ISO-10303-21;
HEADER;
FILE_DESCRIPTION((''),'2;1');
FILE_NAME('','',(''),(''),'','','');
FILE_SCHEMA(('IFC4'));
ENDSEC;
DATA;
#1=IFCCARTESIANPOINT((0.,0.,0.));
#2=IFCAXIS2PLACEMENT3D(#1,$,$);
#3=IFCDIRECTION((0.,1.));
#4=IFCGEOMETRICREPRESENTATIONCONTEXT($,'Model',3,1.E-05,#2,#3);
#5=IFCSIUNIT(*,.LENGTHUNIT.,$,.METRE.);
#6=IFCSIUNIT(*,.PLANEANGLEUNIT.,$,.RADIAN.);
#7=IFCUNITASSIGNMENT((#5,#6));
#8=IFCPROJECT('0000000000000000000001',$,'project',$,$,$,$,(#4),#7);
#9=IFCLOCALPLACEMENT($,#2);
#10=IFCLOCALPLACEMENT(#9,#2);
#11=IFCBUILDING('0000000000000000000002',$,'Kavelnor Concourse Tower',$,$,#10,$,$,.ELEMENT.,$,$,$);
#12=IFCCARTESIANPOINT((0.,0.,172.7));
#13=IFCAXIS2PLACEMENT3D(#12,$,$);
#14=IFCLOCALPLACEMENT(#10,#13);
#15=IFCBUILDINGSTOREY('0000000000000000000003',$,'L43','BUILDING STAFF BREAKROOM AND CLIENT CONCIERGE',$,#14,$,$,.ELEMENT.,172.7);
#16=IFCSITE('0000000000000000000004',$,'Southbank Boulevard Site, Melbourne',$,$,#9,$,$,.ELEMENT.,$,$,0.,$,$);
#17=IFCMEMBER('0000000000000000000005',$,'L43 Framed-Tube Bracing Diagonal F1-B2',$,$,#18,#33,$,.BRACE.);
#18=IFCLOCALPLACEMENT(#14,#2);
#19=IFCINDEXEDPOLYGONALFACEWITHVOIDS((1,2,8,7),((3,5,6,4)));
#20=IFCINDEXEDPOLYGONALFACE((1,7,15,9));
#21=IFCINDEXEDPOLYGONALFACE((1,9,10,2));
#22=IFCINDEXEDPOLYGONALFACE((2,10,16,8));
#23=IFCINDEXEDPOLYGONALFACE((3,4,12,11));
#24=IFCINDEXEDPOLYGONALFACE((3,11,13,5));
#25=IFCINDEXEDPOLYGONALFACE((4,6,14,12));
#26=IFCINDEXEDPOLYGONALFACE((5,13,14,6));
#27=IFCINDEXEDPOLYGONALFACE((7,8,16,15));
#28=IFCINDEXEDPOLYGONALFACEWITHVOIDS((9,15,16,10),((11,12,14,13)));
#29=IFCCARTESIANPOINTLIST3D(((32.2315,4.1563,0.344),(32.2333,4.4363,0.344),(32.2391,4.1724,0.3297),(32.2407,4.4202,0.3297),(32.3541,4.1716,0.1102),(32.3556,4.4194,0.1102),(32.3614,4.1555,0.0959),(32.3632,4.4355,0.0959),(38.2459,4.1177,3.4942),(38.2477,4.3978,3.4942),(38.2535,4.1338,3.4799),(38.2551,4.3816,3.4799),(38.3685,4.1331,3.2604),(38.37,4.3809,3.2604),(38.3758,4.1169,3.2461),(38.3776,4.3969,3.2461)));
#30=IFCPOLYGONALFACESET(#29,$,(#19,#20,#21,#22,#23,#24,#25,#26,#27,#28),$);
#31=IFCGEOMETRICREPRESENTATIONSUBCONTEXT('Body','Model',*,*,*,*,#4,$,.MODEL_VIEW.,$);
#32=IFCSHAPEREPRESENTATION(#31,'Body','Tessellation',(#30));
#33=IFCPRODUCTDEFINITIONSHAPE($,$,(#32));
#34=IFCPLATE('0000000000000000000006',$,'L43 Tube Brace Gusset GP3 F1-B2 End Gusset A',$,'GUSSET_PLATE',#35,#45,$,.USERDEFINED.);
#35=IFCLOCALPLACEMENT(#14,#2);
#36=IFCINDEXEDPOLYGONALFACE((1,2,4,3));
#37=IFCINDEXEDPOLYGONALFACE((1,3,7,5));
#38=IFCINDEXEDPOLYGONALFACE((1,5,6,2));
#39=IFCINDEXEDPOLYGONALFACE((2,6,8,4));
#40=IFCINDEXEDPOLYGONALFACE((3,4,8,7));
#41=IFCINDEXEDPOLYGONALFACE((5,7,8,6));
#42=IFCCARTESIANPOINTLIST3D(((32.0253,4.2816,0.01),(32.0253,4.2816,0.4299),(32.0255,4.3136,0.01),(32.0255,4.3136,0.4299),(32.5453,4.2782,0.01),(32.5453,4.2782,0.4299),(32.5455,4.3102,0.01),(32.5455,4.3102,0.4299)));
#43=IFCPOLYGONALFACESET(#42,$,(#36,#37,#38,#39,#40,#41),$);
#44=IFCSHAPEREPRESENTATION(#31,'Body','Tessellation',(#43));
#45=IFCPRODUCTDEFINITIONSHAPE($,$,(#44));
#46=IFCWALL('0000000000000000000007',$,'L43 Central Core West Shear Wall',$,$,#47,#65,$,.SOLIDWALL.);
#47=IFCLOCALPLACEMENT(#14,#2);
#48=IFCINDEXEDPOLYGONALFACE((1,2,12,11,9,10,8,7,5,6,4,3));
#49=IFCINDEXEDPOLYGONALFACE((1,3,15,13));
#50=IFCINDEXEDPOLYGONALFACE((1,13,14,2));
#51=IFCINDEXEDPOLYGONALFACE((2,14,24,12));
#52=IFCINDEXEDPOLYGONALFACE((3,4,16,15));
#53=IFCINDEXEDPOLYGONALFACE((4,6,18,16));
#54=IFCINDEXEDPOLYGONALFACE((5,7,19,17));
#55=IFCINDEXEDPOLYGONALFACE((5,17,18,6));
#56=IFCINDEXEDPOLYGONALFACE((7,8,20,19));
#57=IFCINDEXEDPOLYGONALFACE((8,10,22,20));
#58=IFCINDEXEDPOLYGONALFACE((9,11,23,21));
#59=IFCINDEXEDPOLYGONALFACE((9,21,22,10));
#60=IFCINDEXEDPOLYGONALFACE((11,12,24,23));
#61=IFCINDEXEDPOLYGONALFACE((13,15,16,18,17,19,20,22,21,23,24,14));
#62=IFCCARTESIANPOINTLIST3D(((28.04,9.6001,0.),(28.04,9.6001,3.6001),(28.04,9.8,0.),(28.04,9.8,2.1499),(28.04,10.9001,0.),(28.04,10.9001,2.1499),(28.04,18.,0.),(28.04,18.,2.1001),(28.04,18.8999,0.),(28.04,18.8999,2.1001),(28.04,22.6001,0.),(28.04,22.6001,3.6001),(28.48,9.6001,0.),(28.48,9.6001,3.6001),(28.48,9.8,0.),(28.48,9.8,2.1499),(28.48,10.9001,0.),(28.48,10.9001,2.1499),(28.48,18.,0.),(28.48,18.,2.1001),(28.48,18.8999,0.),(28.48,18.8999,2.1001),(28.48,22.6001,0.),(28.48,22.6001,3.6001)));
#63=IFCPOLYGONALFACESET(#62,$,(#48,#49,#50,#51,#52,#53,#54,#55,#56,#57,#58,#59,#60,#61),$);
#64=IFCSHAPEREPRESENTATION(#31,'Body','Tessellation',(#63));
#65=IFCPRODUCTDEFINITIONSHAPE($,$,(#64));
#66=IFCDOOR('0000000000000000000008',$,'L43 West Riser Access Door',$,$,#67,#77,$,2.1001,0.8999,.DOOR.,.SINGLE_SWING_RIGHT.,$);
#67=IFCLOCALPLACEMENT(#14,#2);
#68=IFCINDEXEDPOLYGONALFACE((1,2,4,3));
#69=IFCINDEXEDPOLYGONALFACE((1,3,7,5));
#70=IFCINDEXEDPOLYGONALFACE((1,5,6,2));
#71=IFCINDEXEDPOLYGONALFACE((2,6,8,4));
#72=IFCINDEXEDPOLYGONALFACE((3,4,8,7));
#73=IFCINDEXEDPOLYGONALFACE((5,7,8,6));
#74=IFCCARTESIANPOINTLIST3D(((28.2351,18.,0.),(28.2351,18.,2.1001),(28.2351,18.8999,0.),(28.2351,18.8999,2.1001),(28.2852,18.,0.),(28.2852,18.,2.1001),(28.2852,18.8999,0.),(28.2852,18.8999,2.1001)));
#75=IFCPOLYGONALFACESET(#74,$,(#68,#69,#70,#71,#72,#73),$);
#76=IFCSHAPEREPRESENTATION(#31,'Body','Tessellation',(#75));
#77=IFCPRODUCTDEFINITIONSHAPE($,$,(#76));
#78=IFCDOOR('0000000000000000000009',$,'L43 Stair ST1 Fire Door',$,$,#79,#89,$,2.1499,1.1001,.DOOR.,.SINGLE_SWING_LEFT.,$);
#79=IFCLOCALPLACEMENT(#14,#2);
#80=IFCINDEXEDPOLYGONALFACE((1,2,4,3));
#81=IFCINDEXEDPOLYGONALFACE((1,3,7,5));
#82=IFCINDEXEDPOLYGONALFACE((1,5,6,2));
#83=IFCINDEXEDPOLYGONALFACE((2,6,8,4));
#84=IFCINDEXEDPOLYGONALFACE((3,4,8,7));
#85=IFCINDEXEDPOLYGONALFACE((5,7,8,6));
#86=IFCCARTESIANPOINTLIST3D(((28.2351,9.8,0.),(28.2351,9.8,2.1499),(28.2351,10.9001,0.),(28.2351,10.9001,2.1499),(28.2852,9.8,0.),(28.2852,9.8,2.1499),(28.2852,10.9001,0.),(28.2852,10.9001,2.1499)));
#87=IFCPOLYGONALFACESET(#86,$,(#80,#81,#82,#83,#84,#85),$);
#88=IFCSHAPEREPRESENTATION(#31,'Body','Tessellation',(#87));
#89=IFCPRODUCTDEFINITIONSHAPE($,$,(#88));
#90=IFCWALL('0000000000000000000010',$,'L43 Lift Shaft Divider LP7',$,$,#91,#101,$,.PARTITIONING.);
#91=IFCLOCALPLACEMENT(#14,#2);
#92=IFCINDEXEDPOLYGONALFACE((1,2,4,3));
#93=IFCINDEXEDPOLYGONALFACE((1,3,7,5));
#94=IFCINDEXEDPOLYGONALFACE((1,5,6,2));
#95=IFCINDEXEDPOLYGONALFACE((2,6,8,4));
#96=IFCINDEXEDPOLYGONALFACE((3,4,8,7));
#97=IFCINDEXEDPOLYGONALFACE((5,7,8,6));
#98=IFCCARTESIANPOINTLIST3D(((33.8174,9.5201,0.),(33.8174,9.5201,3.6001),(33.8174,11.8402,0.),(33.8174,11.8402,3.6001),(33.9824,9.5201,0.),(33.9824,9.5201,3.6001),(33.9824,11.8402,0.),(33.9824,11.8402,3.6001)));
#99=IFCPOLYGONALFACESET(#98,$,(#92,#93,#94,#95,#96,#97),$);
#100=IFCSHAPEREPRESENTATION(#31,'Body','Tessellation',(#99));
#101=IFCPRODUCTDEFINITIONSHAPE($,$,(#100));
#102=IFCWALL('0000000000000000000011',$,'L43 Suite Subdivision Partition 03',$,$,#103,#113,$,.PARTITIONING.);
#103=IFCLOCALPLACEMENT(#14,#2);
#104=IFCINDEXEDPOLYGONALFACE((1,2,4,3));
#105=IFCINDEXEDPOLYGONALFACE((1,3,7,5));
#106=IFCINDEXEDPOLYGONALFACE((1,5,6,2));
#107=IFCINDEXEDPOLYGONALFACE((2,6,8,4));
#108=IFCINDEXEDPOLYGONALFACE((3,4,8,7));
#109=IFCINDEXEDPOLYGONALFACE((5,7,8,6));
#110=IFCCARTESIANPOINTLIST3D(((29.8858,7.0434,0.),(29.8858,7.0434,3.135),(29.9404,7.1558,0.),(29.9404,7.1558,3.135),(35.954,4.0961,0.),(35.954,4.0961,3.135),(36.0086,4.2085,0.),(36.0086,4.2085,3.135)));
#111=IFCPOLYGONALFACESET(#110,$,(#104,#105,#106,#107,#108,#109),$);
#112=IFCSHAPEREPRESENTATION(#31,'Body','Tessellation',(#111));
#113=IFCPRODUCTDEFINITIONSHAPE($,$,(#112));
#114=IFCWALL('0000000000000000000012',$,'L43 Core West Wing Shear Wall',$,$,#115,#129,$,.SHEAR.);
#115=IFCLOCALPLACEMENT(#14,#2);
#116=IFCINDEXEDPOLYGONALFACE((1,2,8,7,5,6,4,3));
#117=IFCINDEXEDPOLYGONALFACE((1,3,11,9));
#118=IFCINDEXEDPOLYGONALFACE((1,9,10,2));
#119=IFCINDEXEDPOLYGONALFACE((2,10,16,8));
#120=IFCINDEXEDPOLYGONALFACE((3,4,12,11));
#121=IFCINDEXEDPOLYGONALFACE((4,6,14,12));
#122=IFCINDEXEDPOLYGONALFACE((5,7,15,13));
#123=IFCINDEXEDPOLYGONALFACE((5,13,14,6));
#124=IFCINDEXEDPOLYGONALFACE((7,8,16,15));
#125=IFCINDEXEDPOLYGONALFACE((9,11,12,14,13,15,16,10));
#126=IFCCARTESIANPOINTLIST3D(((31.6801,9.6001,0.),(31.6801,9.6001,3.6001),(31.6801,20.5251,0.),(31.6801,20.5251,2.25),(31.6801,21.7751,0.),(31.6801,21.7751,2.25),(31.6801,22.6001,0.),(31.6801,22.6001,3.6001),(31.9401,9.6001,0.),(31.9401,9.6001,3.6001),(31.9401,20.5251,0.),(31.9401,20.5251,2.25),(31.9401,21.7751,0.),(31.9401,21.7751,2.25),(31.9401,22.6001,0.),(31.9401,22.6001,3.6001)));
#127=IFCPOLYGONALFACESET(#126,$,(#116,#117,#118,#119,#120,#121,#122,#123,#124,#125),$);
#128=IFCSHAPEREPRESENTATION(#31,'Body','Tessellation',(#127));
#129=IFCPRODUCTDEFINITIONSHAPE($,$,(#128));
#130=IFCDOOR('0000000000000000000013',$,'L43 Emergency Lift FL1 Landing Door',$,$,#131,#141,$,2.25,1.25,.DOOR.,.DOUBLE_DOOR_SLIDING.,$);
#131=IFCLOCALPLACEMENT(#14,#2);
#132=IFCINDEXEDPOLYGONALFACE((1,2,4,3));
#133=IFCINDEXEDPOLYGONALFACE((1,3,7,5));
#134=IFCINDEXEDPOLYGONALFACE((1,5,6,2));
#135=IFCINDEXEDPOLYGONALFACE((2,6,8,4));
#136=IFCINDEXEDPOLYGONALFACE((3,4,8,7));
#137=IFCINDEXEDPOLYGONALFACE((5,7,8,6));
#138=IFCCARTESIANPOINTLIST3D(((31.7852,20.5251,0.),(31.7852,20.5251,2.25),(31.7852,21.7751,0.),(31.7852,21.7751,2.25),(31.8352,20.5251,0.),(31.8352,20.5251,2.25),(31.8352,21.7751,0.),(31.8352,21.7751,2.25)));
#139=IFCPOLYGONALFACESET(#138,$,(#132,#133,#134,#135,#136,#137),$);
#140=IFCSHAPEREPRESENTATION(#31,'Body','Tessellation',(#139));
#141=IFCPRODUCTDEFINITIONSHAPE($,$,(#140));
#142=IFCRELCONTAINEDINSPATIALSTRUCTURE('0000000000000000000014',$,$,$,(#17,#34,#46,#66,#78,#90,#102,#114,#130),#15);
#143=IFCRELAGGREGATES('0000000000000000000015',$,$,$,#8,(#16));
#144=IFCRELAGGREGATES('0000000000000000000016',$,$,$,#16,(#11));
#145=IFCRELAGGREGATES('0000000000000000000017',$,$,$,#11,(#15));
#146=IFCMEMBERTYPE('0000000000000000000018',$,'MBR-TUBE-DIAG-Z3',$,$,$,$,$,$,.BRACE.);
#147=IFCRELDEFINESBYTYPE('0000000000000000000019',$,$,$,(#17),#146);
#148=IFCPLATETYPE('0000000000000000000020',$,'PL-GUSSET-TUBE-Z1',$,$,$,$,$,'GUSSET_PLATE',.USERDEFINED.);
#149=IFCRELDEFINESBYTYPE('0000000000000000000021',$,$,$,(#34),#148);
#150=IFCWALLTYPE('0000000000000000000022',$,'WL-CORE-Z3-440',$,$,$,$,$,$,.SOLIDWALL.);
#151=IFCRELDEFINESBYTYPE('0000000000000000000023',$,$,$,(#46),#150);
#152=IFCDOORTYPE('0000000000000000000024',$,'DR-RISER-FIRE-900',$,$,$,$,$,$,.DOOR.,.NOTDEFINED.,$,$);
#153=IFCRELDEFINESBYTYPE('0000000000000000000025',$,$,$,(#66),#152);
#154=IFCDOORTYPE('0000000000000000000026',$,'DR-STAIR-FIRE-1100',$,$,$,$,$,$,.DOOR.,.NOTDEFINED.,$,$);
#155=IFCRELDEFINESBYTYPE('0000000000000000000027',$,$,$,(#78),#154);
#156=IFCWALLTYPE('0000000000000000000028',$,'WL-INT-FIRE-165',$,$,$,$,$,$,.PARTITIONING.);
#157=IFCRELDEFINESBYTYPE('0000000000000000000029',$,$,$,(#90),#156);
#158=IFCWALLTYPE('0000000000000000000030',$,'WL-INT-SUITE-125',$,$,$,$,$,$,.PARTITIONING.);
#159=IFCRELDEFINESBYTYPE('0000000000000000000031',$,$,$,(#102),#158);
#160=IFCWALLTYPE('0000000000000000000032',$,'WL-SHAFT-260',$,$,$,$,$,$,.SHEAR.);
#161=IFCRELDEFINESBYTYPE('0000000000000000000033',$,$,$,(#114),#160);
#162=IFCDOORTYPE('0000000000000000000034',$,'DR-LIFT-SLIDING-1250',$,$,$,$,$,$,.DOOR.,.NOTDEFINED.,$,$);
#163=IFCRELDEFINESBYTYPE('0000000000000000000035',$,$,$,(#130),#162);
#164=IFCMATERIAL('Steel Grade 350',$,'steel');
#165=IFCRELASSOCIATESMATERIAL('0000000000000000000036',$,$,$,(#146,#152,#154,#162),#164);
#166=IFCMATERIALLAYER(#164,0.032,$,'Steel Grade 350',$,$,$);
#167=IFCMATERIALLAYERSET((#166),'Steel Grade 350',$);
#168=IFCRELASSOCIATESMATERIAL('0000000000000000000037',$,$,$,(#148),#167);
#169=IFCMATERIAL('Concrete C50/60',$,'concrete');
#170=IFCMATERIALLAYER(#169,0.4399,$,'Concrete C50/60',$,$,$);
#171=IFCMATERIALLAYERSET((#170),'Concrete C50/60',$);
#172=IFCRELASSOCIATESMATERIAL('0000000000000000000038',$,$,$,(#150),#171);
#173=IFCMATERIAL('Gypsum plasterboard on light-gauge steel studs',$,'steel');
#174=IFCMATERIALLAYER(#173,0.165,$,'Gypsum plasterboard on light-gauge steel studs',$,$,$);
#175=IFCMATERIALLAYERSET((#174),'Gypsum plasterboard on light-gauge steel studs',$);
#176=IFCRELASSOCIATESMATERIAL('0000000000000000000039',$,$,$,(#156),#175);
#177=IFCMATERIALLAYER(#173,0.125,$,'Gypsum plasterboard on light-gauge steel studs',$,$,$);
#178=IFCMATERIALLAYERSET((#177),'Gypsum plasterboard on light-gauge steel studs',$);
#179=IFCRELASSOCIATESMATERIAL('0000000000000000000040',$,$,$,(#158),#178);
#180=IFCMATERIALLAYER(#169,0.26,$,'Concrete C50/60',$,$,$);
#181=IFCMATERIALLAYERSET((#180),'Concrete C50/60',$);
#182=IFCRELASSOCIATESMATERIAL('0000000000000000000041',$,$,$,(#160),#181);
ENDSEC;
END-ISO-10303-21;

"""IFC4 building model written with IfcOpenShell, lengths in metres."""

from ifc_helpers import new_model, si_unit, direction, frame, frame_2d, origin, origin_2d, place, context, subcontext, project, spatial, rectangle, hollow_rectangle, extrude, material, layer, layer_set, material_profile, profile_set, type_object, element, fill, save


model = new_model("IFC4")

# Units and contexts
model_context = context("Model", 3, precision=1e-05, world=origin(), true_north=direction((0.0, 1.0)))
body_context = subcontext(model_context, "Body", "Model", "MODEL_VIEW")
ifc_project = project(units=[si_unit("LENGTHUNIT", "METRE"), si_unit("PLANEANGLEUNIT", "RADIAN")], contexts=[model_context])

# Site, building, storey
site_placement = place(None, origin())
site = spatial("IfcSite", under=ifc_project, at=site_placement, Name="Southbank Boulevard Site, Melbourne", CompositionType="ELEMENT", RefElevation=0.0)
building_placement = place(site_placement, origin())
building = spatial("IfcBuilding", under=site, at=building_placement, Name="Kavelnor Concourse Tower", CompositionType="ELEMENT")
storey_placement = place(building_placement, frame((0.0, 0.0, 172.7)))
storey = spatial("IfcBuildingStorey", under=building, at=storey_placement, Name="L43", Description="BUILDING STAFF BREAKROOM AND CLIENT CONCIERGE", CompositionType="ELEMENT", Elevation=172.7)

# Shared definitions
ifc_material_1 = material(Name="Steel Grade 350", Category="steel")

# Member
ifc_material_profile_1 = material_profile(ifc_material_1, hollow_rectangle(XDim=0.28, YDim=0.28, WallThickness=0.0161, at=origin_2d()), Name="SHS 280x280x16")
ifc_profile_set_1 = profile_set([ifc_material_profile_1], Name="Steel Grade 350")
member_type = type_object("IfcMemberType", Name="MBR-TUBE-DIAG-Z3", PredefinedType="BRACE", material=ifc_profile_set_1)
member_placement = place(storey_placement, frame((32.2974, 4.2959, 0.22), z_axis=(0.885833, -0.005681, 0.46397), x_axis=(0.006414, 0.999979, 0.0)))
element("IfcMember", 1, at=member_placement, inside=storey, type_object=member_type, Name="L43 Framed-Tube Bracing Diagonal F1-B2", PredefinedType="BRACE", context=body_context, shape_type="SweptSolid", body=[
    extrude(hollow_rectangle(XDim=0.28, YDim=0.28, WallThickness=0.0161, at=origin_2d()), origin(), (0.0, 0.0, 1.0), 6.7896),
])

# Plate
ifc_layer_1 = layer(ifc_material_1, 0.032, Name="Steel Grade 350")
ifc_layer_set_1 = layer_set([ifc_layer_1], Name="Steel Grade 350")
plate_type = type_object("IfcPlateType", Name="PL-GUSSET-TUBE-Z1", ElementType="GUSSET_PLATE", PredefinedType="USERDEFINED", material=ifc_layer_set_1)
plate_placement = place(storey_placement, frame((32.2854, 4.2959, 0.01), z_axis=(0.0, 0.0, 1.0), x_axis=(0.999979, -0.006458, 0.0)))
element("IfcPlate", 2, at=plate_placement, inside=storey, type_object=plate_type, Name="L43 Tube Brace Gusset GP3 F1-B2 End Gusset A", ObjectType="GUSSET_PLATE", PredefinedType="USERDEFINED", context=body_context, shape_type="SweptSolid", body=[
    extrude(rectangle(XDim=0.52, YDim=0.032, at=origin_2d()), origin(), (0.0, 0.0, 1.0), 0.4199),
])

# Wall, openings, doors
ifc_material_2 = material(Name="Concrete C50/60", Category="concrete")
ifc_layer_2 = layer(ifc_material_2, 0.4399, Name="Concrete C50/60")
ifc_layer_set_2 = layer_set([ifc_layer_2], Name="Concrete C50/60")
wall_type_1 = type_object("IfcWallType", Name="WL-CORE-Z3-440", PredefinedType="SOLIDWALL", material=ifc_layer_set_2)
wall_1_placement = place(storey_placement, frame((28.26, 9.6001, 0.0), z_axis=(0.0, 0.0, 1.0), x_axis=(0.0, 1.0, 0.0)))
wall_1 = element("IfcWall", 3, at=wall_1_placement, inside=storey, type_object=wall_type_1, Name="L43 Central Core West Shear Wall", PredefinedType="SOLIDWALL", context=body_context, shape_type="SweptSolid", body=[
    extrude(rectangle(XDim=13.0, YDim=0.4399, at=frame_2d((6.5, 0.0))), origin(), (0.0, 0.0, 1.0), 3.6001),
])
opening_1_placement = place(wall_1_placement, frame((0.2, 0.0, 0.0)))
opening_1 = element("IfcOpeningElement", 4, at=opening_1_placement, cuts=wall_1, PredefinedType="OPENING", context=body_context, shape_type="SweptSolid", body=[
    extrude(rectangle(XDim=1.1001, YDim=2.1499, at=frame_2d((0.55, 1.075))), frame((0.0, 0.23, 0.0), z_axis=(0.0, -1.0, 0.0), x_axis=(1.0, 0.0, 0.0)), (0.0, 0.0, 1.0), 0.46),
])
opening_2_placement = place(wall_1_placement, frame((8.3999, 0.0, 0.0)))
opening_2 = element("IfcOpeningElement", 5, at=opening_2_placement, cuts=wall_1, PredefinedType="OPENING", context=body_context, shape_type="SweptSolid", body=[
    extrude(rectangle(XDim=0.8999, YDim=2.1001, at=frame_2d((0.45, 1.05))), frame((0.0, 0.23, 0.0), z_axis=(0.0, -1.0, 0.0), x_axis=(1.0, 0.0, 0.0)), (0.0, 0.0, 1.0), 0.46),
])
door_type_1 = type_object("IfcDoorType", Name="DR-RISER-FIRE-900", OperationType="NOTDEFINED", PredefinedType="DOOR", material=ifc_material_1)
door_1_placement = place(opening_2_placement, origin())
door_1 = element("IfcDoor", 6, at=door_1_placement, inside=storey, type_object=door_type_1, Name="L43 West Riser Access Door", OperationType="SINGLE_SWING_RIGHT", OverallHeight=2.1001, OverallWidth=0.8999, PredefinedType="DOOR", context=body_context, shape_type="SweptSolid", body=[
    extrude(rectangle(XDim=0.8999, YDim=2.1001, at=frame_2d((0.45, 1.05))), frame((0.0, 0.0249, 0.0), z_axis=(0.0, -1.0, 0.0), x_axis=(1.0, 0.0, 0.0)), (0.0, 0.0, 1.0), 0.05),
])
fill(opening_2, door_1)
door_type_2 = type_object("IfcDoorType", Name="DR-STAIR-FIRE-1100", OperationType="NOTDEFINED", PredefinedType="DOOR", material=ifc_material_1)
door_2_placement = place(opening_1_placement, origin())
door_2 = element("IfcDoor", 7, at=door_2_placement, inside=storey, type_object=door_type_2, Name="L43 Stair ST1 Fire Door", OperationType="SINGLE_SWING_LEFT", OverallHeight=2.1499, OverallWidth=1.1001, PredefinedType="DOOR", context=body_context, shape_type="SweptSolid", body=[
    extrude(rectangle(XDim=1.1001, YDim=2.1499, at=frame_2d((0.55, 1.075))), frame((0.0, 0.0249, 0.0), z_axis=(0.0, -1.0, 0.0), x_axis=(1.0, 0.0, 0.0)), (0.0, 0.0, 1.0), 0.05),
])
fill(opening_1, door_2)

# Walls
ifc_material_3 = material(Name="Gypsum plasterboard on light-gauge steel studs", Category="steel")
ifc_layer_3 = layer(ifc_material_3, 0.165, Name="Gypsum plasterboard on light-gauge steel studs")
ifc_layer_set_3 = layer_set([ifc_layer_3], Name="Gypsum plasterboard on light-gauge steel studs")
wall_type_2 = type_object("IfcWallType", Name="WL-INT-FIRE-165", PredefinedType="PARTITIONING", material=ifc_layer_set_3)
wall_2_placement = place(storey_placement, frame((33.8999, 9.52, 0.0), z_axis=(0.0, 0.0, 1.0), x_axis=(0.0, 1.0, 0.0)))
element("IfcWall", 8, at=wall_2_placement, inside=storey, type_object=wall_type_2, Name="L43 Lift Shaft Divider LP7", PredefinedType="PARTITIONING", context=body_context, shape_type="SweptSolid", body=[
    extrude(rectangle(XDim=2.3201, YDim=0.165, at=frame_2d((1.1602, 0.0))), origin(), (0.0, 0.0, 1.0), 3.6001),
])
ifc_layer_4 = layer(ifc_material_3, 0.125, Name="Gypsum plasterboard on light-gauge steel studs")
ifc_layer_set_4 = layer_set([ifc_layer_4], Name="Gypsum plasterboard on light-gauge steel studs")
wall_type_3 = type_object("IfcWallType", Name="WL-INT-SUITE-125", PredefinedType="PARTITIONING", material=ifc_layer_set_4)
wall_3_placement = place(storey_placement, frame((29.9131, 7.0996, 0.0), z_axis=(0.0, 0.0, 1.0), x_axis=(0.899514, -0.436891, 0.0)))
element("IfcWall", 9, at=wall_3_placement, inside=storey, type_object=wall_type_3, Name="L43 Suite Subdivision Partition 03", PredefinedType="PARTITIONING", context=body_context, shape_type="SweptSolid", body=[
    extrude(rectangle(XDim=6.7461, YDim=0.125, at=frame_2d((3.373, 0.0))), origin(), (0.0, 0.0, 1.0), 3.135),
])

# Wall, opening, door
ifc_layer_5 = layer(ifc_material_2, 0.26, Name="Concrete C50/60")
ifc_layer_set_5 = layer_set([ifc_layer_5], Name="Concrete C50/60")
wall_type_4 = type_object("IfcWallType", Name="WL-SHAFT-260", PredefinedType="SHEAR", material=ifc_layer_set_5)
wall_4_placement = place(storey_placement, frame((31.8101, 9.6001, 0.0), z_axis=(0.0, 0.0, 1.0), x_axis=(0.0, 1.0, 0.0)))
wall_4 = element("IfcWall", 10, at=wall_4_placement, inside=storey, type_object=wall_type_4, Name="L43 Core West Wing Shear Wall", PredefinedType="SHEAR", context=body_context, shape_type="SweptSolid", body=[
    extrude(rectangle(XDim=13.0, YDim=0.26, at=frame_2d((6.5, 0.0))), origin(), (0.0, 0.0, 1.0), 3.6001),
])
opening_3_placement = place(wall_4_placement, frame((10.925, 0.0, 0.0)))
opening_3 = element("IfcOpeningElement", 11, at=opening_3_placement, cuts=wall_4, PredefinedType="OPENING", context=body_context, shape_type="SweptSolid", body=[
    extrude(rectangle(XDim=1.25, YDim=2.25, at=frame_2d((0.625, 1.125))), frame((0.0, 0.1401, 0.0), z_axis=(0.0, -1.0, 0.0), x_axis=(1.0, 0.0, 0.0)), (0.0, 0.0, 1.0), 0.28),
])
door_type_3 = type_object("IfcDoorType", Name="DR-LIFT-SLIDING-1250", OperationType="NOTDEFINED", PredefinedType="DOOR", material=ifc_material_1)
door_3_placement = place(opening_3_placement, origin())
door_3 = element("IfcDoor", 12, at=door_3_placement, inside=storey, type_object=door_type_3, Name="L43 Emergency Lift FL1 Landing Door", OperationType="DOUBLE_DOOR_SLIDING", OverallHeight=2.25, OverallWidth=1.25, PredefinedType="DOOR", context=body_context, shape_type="SweptSolid", body=[
    extrude(rectangle(XDim=1.25, YDim=2.25, at=frame_2d((0.625, 1.125))), frame((0.0, 0.0249, 0.0), z_axis=(0.0, -1.0, 0.0), x_axis=(1.0, 0.0, 0.0)), (0.0, 0.0, 1.0), 0.05),
])
fill(opening_3, door_3)

save(model, "model.ifc")
